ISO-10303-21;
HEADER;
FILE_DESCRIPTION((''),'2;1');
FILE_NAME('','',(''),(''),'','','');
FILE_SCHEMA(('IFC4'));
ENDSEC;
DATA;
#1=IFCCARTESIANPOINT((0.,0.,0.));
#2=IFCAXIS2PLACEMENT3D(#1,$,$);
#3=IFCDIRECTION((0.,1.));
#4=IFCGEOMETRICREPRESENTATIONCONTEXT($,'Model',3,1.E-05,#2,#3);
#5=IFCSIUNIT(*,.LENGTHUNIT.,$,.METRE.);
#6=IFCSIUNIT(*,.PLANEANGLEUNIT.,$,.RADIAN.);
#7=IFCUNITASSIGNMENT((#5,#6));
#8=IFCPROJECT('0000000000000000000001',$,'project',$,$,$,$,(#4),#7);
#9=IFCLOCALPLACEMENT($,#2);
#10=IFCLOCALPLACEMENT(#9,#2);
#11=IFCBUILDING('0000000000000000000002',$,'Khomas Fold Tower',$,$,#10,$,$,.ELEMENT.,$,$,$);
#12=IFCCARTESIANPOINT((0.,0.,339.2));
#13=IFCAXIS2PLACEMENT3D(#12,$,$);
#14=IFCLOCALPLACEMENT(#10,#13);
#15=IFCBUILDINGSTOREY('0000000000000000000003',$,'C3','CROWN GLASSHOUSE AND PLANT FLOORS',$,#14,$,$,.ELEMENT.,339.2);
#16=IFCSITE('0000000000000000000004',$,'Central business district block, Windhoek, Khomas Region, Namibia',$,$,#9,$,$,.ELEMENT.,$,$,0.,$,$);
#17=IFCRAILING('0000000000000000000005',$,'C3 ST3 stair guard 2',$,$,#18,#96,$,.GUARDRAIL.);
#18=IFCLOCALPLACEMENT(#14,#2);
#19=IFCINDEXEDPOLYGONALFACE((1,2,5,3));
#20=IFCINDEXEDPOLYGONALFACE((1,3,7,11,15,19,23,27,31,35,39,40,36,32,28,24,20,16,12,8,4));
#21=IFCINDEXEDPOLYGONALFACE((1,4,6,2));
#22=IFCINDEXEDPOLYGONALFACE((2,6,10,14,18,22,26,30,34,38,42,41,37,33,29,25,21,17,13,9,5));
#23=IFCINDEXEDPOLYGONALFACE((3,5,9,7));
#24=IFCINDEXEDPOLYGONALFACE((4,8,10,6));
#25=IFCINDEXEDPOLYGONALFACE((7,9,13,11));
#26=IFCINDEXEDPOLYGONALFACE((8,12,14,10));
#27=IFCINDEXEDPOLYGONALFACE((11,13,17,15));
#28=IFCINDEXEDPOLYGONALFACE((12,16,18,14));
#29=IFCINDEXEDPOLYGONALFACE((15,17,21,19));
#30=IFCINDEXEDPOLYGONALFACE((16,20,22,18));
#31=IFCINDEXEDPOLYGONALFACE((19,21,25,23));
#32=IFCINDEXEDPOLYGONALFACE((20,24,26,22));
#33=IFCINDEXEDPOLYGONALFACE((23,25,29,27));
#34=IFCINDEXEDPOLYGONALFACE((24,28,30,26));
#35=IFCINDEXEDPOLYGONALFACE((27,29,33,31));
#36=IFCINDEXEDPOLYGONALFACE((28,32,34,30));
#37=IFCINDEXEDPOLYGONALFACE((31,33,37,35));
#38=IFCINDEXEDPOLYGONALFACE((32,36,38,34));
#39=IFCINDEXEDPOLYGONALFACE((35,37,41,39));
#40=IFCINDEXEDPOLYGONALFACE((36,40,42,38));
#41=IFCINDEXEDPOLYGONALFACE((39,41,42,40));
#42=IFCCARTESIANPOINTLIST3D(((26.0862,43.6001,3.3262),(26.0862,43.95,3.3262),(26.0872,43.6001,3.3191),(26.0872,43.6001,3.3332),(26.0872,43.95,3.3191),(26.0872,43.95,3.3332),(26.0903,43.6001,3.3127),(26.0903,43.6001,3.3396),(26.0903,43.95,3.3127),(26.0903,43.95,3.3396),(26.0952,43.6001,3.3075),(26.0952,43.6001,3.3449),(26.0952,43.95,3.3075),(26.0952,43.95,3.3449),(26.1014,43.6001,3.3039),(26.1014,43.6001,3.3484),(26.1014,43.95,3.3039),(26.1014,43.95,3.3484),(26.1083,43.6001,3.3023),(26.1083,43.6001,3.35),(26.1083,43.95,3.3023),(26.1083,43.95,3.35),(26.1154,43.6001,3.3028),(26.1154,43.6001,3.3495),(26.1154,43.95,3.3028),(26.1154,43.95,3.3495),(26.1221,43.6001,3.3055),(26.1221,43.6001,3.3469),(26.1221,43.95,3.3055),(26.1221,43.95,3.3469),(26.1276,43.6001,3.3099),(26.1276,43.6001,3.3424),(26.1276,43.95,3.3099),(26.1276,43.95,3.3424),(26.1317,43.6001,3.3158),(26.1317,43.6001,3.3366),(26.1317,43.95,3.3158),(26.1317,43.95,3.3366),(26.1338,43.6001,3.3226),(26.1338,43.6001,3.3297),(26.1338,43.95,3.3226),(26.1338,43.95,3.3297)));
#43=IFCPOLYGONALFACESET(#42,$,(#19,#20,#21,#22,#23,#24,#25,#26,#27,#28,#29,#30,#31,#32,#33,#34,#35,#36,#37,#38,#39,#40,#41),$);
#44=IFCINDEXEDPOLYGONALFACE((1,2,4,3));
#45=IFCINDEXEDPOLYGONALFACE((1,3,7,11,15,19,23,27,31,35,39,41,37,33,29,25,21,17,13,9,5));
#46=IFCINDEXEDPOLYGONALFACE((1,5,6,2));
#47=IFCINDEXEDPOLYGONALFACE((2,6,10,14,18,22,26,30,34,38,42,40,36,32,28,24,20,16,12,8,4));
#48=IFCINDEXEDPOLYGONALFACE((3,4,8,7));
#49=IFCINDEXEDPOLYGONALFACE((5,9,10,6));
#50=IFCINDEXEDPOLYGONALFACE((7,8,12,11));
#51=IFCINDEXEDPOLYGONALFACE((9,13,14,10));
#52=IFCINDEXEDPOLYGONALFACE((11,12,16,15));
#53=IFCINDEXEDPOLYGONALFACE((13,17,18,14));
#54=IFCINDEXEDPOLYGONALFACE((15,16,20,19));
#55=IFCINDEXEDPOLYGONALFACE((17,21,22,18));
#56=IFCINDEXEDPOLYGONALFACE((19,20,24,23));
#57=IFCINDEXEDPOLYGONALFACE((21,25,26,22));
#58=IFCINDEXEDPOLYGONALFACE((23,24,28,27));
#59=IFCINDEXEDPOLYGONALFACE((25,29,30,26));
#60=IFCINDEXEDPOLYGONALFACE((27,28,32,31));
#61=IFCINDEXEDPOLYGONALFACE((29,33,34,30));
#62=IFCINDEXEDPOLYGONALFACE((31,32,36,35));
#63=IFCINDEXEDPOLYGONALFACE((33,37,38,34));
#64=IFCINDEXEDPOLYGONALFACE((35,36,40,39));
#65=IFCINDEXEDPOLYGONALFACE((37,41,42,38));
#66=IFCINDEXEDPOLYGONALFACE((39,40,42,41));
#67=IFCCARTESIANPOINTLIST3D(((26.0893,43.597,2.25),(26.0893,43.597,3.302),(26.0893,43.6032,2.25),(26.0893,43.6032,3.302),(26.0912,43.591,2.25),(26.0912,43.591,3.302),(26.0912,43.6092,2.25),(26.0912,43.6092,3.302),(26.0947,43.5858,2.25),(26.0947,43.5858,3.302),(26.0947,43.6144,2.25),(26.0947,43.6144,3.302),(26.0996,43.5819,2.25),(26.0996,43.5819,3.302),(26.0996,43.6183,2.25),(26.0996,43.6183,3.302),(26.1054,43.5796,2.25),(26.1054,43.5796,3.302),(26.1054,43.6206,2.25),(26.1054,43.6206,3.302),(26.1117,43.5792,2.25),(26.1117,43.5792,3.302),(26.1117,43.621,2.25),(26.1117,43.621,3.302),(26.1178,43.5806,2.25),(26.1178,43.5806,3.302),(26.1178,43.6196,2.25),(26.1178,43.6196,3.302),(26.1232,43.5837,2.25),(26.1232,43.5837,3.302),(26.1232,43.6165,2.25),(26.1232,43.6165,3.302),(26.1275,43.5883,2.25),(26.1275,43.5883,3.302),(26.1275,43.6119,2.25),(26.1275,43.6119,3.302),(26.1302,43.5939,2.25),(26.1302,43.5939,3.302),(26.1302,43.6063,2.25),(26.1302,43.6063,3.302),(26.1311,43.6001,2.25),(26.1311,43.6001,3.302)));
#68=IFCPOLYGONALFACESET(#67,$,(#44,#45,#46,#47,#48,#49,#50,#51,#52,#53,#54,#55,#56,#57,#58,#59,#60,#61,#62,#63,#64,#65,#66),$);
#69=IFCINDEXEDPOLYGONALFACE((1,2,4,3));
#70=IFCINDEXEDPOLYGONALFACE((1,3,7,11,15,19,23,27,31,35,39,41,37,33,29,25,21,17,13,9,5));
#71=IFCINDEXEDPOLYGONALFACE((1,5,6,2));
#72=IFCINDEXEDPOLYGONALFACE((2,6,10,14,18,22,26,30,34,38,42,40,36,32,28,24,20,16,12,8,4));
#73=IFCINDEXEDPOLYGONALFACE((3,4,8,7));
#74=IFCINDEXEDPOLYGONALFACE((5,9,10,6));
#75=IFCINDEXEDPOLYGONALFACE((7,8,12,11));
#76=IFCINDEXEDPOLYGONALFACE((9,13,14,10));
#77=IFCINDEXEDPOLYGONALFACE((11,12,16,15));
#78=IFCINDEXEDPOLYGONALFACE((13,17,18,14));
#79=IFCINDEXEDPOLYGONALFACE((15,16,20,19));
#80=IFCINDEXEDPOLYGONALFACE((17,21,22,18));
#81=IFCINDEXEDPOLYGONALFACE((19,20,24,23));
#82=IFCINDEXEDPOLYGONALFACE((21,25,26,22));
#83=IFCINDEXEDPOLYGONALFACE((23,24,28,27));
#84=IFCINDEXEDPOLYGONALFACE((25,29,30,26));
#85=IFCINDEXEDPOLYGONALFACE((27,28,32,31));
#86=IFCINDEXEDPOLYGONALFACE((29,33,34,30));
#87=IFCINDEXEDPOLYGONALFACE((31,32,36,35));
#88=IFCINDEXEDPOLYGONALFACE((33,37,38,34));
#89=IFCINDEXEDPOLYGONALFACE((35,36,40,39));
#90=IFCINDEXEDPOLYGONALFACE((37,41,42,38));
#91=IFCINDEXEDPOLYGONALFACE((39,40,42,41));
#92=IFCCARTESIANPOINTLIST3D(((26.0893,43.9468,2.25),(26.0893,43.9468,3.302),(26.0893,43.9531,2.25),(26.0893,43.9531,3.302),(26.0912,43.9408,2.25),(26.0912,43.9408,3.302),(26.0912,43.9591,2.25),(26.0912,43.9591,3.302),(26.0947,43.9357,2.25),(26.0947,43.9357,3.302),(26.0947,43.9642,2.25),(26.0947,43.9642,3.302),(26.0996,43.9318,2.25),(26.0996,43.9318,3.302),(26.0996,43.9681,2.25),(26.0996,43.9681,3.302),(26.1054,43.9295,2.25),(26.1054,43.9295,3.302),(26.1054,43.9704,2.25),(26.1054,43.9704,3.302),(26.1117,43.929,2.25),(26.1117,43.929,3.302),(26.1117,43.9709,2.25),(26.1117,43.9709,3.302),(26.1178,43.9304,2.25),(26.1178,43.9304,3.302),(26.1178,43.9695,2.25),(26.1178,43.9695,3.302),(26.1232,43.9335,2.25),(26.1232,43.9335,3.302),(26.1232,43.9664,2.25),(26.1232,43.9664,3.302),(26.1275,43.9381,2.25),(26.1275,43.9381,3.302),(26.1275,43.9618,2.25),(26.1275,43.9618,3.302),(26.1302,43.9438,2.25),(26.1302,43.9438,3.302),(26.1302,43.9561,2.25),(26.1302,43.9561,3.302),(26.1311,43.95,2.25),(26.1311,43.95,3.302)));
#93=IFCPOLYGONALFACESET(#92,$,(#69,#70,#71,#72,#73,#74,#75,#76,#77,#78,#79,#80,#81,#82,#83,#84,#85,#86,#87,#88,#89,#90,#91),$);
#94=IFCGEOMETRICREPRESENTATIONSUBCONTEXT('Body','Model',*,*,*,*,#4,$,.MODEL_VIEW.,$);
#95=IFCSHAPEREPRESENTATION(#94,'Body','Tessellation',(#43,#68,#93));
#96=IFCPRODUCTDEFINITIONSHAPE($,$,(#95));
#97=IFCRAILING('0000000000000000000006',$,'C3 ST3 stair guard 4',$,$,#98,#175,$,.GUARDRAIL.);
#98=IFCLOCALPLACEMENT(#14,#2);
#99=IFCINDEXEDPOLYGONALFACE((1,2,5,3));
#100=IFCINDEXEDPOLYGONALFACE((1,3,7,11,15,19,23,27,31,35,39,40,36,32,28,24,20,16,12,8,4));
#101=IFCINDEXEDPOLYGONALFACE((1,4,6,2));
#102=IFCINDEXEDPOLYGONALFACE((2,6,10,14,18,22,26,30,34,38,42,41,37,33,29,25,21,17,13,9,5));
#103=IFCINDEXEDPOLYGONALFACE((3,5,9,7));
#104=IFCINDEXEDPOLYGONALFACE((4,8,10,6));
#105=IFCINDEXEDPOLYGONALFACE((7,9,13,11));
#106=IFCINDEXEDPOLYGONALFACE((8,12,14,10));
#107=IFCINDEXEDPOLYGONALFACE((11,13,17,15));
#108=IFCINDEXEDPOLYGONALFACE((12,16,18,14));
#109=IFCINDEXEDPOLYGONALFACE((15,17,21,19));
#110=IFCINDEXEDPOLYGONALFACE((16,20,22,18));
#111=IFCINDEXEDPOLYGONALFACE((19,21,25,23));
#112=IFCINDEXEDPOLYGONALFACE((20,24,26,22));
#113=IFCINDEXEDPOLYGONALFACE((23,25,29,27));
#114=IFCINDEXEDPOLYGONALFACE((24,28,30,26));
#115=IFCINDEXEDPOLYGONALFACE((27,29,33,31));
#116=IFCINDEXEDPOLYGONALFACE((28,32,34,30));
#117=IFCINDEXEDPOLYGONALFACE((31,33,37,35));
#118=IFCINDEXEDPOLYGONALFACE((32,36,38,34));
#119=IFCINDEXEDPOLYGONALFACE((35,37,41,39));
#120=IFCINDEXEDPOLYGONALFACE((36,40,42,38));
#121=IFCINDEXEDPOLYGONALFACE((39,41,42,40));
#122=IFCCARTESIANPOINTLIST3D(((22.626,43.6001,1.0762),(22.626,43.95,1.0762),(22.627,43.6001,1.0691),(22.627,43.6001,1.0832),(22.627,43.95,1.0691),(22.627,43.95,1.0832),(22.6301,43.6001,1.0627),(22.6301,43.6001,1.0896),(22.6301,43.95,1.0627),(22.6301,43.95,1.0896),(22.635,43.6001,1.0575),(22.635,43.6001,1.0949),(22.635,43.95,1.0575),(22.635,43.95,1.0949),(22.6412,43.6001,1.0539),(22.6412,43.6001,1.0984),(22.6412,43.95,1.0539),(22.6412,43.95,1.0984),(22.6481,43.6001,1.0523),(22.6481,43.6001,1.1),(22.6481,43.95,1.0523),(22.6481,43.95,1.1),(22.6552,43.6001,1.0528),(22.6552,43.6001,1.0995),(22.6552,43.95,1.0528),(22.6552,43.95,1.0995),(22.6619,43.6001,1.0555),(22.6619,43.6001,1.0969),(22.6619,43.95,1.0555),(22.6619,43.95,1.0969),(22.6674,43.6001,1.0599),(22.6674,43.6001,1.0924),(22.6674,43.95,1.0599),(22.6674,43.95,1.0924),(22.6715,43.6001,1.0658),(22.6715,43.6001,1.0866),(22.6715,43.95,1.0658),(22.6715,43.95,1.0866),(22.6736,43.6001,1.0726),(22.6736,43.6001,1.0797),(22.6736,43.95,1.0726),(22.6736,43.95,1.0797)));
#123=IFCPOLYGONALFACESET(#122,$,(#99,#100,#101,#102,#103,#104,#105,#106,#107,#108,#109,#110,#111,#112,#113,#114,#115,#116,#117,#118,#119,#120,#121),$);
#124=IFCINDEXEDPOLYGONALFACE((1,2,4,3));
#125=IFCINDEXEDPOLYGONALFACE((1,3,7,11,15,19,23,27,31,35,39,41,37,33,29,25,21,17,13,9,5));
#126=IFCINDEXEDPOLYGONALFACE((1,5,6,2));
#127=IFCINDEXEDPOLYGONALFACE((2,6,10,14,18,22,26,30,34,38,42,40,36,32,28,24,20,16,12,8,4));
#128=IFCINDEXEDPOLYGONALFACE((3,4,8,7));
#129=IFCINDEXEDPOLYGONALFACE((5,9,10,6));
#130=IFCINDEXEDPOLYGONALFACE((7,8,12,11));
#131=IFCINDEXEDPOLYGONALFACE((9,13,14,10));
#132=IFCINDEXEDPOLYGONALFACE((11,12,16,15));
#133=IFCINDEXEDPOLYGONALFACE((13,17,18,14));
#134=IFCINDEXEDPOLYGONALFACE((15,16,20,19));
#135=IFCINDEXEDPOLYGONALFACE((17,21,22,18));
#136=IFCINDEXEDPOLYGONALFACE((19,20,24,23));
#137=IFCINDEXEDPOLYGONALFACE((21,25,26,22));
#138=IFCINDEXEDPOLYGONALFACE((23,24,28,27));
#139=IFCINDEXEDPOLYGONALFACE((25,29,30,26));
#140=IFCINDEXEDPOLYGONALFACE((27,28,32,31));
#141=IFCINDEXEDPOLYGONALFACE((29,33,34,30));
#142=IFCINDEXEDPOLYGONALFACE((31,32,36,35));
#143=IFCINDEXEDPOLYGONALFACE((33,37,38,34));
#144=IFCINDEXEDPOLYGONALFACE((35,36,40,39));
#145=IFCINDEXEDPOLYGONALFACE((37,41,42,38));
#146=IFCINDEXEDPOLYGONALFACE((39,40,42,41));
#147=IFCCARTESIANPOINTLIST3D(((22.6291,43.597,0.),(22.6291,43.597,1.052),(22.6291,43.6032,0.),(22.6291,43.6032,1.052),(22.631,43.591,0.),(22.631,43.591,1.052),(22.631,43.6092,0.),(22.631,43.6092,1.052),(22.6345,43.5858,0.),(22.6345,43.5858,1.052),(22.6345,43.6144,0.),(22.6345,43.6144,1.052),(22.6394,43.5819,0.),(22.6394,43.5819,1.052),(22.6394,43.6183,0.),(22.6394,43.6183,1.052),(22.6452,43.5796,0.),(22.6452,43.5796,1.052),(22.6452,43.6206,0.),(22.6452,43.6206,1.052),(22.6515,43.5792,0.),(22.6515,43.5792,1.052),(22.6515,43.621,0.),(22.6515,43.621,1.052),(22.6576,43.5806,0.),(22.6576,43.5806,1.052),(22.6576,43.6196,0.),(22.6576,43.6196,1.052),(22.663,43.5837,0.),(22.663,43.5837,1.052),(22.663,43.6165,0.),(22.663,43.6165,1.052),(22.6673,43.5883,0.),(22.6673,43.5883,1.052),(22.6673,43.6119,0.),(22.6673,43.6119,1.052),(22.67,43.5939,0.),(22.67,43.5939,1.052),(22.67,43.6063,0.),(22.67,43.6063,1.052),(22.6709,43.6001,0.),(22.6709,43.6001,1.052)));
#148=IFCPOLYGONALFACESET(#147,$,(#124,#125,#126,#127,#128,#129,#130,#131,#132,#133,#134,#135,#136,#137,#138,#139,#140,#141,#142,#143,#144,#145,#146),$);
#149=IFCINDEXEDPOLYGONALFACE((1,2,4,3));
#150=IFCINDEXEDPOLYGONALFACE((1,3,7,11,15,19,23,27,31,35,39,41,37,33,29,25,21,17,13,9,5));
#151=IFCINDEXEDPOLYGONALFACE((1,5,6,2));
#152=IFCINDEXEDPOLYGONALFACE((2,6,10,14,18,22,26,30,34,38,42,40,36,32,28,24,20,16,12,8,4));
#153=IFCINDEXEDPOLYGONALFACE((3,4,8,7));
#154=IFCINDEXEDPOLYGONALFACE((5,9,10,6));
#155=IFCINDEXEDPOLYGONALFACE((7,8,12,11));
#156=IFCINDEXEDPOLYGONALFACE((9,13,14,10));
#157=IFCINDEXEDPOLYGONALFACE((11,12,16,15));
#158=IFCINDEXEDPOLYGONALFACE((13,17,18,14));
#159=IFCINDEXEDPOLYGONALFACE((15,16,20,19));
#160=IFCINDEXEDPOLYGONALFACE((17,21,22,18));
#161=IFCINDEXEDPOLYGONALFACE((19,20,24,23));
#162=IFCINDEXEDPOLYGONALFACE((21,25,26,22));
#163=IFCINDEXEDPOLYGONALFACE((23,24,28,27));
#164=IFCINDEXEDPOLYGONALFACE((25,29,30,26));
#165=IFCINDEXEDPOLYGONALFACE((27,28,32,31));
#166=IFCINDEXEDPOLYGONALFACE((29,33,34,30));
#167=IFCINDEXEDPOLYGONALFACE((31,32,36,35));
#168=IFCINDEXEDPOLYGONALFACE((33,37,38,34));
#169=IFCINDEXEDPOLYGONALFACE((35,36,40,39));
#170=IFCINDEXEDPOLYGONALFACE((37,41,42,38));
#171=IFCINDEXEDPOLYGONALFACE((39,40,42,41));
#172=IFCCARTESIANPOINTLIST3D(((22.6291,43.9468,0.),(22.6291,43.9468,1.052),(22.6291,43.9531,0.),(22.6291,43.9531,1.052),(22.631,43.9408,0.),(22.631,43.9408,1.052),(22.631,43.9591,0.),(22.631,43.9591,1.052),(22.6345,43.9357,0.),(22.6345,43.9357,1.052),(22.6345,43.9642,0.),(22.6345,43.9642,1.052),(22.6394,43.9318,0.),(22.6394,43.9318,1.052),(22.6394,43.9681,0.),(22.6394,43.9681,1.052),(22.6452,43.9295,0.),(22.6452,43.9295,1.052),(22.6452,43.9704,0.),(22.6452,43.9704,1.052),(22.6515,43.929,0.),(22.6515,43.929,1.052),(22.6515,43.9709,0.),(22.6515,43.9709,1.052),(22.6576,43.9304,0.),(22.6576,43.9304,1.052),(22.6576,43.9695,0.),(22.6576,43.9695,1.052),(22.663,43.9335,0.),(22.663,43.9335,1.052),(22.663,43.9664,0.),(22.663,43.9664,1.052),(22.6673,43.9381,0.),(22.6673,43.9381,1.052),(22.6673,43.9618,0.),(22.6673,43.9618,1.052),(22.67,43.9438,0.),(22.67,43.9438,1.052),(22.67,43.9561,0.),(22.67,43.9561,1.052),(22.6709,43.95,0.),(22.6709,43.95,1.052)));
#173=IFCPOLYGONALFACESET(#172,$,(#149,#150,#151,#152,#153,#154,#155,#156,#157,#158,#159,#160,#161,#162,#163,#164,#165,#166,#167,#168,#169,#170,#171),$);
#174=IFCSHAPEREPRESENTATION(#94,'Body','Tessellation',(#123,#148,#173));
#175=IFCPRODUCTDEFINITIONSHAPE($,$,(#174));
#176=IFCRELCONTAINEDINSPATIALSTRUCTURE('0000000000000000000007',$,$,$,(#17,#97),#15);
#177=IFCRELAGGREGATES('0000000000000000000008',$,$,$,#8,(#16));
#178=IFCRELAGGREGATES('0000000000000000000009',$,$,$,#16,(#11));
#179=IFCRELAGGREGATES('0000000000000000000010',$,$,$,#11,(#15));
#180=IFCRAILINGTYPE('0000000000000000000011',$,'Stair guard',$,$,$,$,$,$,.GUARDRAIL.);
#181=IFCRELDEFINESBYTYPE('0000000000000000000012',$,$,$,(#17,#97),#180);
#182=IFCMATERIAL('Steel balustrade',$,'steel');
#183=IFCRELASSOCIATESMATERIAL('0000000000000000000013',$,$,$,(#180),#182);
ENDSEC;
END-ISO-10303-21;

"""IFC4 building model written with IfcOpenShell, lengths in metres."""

from ifc_helpers import new_model, si_unit, direction, frame, origin, origin_2d, place, context, subcontext, project, spatial, circle, extrude, source, transform, mapped, material, type_object, element, save


model = new_model("IFC4")

# Units and contexts
model_context = context("Model", 3, precision=1e-05, world=origin(), true_north=direction((0.0, 1.0)))
body_context = subcontext(model_context, "Body", "Model", "MODEL_VIEW")
ifc_project = project(units=[si_unit("LENGTHUNIT", "METRE"), si_unit("PLANEANGLEUNIT", "RADIAN")], contexts=[model_context])

# Site, building, storey
site_placement = place(None, origin())
site = spatial("IfcSite", under=ifc_project, at=site_placement, Name="Central business district block, Windhoek, Khomas Region, Namibia", CompositionType="ELEMENT", RefElevation=0.0)
building_placement = place(site_placement, origin())
building = spatial("IfcBuilding", under=site, at=building_placement, Name="Khomas Fold Tower", CompositionType="ELEMENT")
storey_placement = place(building_placement, frame((0.0, 0.0, 339.2)))
storey = spatial("IfcBuildingStorey", under=building, at=storey_placement, Name="C3", Description="CROWN GLASSHOUSE AND PLANT FLOORS", CompositionType="ELEMENT", Elevation=339.2)

# Railings
ifc_material_1 = material(Name="Steel balustrade", Category="steel")
railing_type_1 = type_object("IfcRailingType", Name="Stair guard", PredefinedType="GUARDRAIL", material=ifc_material_1)
shared_shape_1 = source(origin(), body_context, "Body", "SweptSolid", [
    extrude(circle(Radius=0.0239, at=origin_2d()), frame((0.0, 0.0, 1.0762), z_axis=(0.0, 1.0, 0.0), x_axis=(-1.0, 0.0, 0.0)), (0.0, 0.0, 1.0), 0.3499),
    extrude(circle(Radius=0.021, at=origin_2d()), origin(), (0.0, 0.0, 1.0), 1.052),
    extrude(circle(Radius=0.021, at=origin_2d()), frame((0.0, 0.3499, 0.0)), (0.0, 0.0, 1.0), 1.052),
])
for number, where, name in (
    (1, (26.1101, 43.6001, 2.25), "C3 ST3 stair guard 2"),
    (2, (22.6499, 43.6001, 0.0), "C3 ST3 stair guard 4"),
):
    element("IfcRailing", number, at=place(storey_placement, frame(where)), inside=storey, type_object=railing_type_1, Name=name, PredefinedType="GUARDRAIL", context=body_context, shape_type="MappedRepresentation", body=[
        mapped(shared_shape_1, transform((0.0, 0.0, 0.0))),
    ])

save(model, "model.ifc")
